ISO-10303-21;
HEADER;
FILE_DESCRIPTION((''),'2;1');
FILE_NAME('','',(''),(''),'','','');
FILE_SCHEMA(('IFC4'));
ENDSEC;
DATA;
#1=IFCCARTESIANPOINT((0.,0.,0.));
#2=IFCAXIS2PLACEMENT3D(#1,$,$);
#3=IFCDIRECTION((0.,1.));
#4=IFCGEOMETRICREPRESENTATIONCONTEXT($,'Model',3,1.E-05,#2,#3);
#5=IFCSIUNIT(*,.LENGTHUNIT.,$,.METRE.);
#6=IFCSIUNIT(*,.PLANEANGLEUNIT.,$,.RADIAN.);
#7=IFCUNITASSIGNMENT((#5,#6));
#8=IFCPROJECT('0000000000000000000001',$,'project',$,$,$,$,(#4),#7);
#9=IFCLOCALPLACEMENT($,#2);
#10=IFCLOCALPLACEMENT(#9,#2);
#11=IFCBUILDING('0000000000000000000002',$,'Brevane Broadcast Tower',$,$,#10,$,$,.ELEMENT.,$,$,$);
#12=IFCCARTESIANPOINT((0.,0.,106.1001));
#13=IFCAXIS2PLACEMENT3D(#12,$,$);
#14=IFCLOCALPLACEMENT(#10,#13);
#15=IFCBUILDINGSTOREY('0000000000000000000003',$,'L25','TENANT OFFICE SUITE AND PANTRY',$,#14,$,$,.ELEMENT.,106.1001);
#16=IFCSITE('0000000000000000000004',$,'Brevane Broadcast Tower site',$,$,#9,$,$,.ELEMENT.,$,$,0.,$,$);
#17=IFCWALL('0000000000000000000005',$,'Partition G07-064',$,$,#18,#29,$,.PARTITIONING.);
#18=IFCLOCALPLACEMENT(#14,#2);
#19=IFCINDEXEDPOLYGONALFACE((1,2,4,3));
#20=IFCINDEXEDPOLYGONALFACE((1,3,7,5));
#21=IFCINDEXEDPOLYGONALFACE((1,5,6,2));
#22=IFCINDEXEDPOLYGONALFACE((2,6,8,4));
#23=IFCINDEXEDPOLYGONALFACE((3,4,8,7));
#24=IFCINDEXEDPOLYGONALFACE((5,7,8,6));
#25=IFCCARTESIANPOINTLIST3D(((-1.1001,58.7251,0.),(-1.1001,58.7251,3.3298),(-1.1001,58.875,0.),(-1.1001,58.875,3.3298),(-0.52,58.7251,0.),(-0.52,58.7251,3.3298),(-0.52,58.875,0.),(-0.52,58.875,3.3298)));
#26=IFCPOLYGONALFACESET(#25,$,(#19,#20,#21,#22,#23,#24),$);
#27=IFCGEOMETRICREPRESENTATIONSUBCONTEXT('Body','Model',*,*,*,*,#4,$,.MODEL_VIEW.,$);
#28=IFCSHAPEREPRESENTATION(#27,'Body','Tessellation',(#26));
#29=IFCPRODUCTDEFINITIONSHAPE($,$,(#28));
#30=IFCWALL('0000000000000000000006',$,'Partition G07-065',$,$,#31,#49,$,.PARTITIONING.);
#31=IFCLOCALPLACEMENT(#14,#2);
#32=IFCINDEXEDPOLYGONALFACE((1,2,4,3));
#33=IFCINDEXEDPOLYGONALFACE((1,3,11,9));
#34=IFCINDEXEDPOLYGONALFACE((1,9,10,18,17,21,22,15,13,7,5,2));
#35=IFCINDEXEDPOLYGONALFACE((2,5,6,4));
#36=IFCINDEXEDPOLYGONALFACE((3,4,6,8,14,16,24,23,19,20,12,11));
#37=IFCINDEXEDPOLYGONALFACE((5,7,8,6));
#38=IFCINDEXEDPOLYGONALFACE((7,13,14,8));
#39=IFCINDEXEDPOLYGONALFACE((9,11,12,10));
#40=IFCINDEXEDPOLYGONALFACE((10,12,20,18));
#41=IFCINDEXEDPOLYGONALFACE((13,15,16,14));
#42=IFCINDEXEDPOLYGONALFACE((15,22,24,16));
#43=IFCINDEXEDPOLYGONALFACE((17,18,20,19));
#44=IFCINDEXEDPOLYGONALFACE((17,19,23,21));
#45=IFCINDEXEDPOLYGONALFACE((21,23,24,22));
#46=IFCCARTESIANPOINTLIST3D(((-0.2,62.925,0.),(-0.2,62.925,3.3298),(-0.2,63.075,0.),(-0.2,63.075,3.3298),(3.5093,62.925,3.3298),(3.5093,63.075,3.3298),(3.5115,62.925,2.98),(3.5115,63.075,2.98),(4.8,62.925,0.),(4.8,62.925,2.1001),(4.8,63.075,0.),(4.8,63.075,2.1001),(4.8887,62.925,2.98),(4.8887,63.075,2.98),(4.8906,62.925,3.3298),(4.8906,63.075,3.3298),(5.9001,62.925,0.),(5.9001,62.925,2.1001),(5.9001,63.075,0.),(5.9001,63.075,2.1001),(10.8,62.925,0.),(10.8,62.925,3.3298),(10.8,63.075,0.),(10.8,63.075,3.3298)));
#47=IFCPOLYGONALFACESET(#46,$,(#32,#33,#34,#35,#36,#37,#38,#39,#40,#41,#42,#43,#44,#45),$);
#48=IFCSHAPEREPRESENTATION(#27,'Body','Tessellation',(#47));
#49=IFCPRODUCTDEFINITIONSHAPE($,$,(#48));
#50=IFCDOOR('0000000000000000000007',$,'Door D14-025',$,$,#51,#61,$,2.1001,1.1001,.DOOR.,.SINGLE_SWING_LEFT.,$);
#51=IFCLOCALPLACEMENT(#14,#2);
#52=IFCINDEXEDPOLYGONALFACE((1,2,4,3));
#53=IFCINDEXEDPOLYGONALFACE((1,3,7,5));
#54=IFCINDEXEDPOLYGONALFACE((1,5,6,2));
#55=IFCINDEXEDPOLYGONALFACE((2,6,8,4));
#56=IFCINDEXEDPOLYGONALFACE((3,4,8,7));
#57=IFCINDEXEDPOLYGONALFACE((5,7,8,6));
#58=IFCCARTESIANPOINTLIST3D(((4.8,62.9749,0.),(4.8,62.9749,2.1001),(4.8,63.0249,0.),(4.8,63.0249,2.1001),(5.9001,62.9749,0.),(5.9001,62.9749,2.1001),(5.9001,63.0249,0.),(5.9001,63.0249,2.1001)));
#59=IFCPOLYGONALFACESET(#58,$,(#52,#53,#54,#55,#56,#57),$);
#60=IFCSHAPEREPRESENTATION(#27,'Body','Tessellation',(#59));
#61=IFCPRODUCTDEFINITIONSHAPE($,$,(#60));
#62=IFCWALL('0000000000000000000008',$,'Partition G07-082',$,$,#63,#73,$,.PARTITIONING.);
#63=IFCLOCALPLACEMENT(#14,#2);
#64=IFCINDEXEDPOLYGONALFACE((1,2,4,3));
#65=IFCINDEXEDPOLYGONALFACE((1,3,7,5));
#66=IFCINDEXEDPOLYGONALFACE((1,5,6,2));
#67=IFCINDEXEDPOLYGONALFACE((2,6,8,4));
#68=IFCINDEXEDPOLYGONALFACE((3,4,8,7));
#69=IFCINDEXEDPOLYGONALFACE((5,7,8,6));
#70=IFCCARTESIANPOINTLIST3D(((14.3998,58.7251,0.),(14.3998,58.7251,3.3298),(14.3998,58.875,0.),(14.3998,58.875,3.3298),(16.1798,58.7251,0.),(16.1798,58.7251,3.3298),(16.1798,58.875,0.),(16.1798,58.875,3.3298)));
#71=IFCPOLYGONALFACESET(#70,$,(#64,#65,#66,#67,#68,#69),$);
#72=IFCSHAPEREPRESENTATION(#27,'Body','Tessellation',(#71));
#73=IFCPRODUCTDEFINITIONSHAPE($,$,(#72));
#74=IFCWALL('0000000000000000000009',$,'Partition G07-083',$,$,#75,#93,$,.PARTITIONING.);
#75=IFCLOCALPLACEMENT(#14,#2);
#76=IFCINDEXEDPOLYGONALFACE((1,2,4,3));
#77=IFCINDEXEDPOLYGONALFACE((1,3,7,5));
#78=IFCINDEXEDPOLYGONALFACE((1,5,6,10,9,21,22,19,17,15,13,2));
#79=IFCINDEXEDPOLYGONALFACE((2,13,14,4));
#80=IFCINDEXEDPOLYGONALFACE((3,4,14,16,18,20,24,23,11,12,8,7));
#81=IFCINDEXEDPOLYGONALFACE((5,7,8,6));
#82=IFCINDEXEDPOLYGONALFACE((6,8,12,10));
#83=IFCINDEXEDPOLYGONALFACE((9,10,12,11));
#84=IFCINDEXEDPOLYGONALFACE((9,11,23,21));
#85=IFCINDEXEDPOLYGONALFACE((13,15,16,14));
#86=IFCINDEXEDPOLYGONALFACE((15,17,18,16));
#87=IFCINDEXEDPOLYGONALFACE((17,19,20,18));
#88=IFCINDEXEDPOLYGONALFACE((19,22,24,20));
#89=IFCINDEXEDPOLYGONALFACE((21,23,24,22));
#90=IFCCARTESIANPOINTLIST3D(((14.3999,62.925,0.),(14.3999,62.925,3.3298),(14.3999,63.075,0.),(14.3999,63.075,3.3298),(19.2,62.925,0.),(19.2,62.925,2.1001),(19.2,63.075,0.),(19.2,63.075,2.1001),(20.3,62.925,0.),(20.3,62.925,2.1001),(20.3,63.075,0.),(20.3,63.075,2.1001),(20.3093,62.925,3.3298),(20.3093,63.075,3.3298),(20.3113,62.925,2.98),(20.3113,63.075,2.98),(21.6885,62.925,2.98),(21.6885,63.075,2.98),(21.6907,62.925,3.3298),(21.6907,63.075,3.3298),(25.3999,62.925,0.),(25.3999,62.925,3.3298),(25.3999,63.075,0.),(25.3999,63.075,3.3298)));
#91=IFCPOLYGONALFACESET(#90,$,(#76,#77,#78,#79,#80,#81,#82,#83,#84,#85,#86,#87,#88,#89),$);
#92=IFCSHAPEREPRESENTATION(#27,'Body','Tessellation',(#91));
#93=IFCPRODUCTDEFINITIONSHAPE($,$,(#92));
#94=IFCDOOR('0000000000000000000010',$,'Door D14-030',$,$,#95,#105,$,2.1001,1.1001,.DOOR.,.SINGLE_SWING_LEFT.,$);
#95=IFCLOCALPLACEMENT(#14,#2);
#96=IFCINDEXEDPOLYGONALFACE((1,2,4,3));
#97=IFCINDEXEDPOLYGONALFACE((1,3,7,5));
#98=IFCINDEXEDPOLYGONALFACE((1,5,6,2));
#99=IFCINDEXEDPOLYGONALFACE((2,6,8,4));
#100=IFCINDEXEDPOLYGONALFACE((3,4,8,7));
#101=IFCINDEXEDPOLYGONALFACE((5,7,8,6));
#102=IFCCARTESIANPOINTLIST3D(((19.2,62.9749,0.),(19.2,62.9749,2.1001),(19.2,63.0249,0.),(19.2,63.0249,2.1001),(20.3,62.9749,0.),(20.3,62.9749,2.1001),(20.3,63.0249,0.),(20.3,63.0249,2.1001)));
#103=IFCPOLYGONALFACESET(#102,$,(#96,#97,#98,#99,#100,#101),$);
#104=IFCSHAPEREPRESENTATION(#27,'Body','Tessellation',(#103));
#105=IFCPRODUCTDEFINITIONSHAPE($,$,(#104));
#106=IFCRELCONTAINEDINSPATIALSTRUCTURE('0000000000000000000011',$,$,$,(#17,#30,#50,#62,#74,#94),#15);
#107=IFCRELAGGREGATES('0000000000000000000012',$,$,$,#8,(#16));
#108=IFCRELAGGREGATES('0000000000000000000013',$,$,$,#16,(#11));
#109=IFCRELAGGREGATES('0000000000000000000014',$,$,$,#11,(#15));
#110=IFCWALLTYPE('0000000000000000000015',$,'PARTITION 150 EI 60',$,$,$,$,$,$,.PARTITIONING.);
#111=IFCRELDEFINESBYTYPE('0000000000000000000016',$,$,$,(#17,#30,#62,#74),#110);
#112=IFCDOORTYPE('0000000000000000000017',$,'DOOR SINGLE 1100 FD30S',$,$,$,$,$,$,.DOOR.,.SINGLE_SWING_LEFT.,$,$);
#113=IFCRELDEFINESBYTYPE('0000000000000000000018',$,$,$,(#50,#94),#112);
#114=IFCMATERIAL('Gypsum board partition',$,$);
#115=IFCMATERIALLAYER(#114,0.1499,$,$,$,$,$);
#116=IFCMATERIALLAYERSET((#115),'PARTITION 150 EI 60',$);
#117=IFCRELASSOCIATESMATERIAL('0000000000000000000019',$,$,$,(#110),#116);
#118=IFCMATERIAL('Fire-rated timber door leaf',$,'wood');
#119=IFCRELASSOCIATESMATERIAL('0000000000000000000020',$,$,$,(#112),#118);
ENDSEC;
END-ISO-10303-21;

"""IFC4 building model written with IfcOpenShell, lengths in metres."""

from ifc_helpers import new_model, si_unit, direction, frame, frame_2d, origin, place, context, subcontext, project, spatial, polyline, rectangle, outline, extrude, material, layer, layer_set, type_object, element, fill, save


model = new_model("IFC4")

# Units and contexts
model_context = context("Model", 3, precision=1e-05, world=origin(), true_north=direction((0.0, 1.0)))
body_context = subcontext(model_context, "Body", "Model", "MODEL_VIEW")
ifc_project = project(units=[si_unit("LENGTHUNIT", "METRE"), si_unit("PLANEANGLEUNIT", "RADIAN")], contexts=[model_context])

# Site, building, storey
site_placement = place(None, origin())
site = spatial("IfcSite", under=ifc_project, at=site_placement, Name="Brevane Broadcast Tower site", CompositionType="ELEMENT", RefElevation=0.0)
building_placement = place(site_placement, origin())
building = spatial("IfcBuilding", under=site, at=building_placement, Name="Brevane Broadcast Tower", CompositionType="ELEMENT")
storey_placement = place(building_placement, frame((0.0, 0.0, 106.1001)))
storey = spatial("IfcBuildingStorey", under=building, at=storey_placement, Name="L25", Description="TENANT OFFICE SUITE AND PANTRY", CompositionType="ELEMENT", Elevation=106.1001)

# Shared definitions
ifc_material_1 = material(Name="Gypsum board partition")
ifc_layer = layer(ifc_material_1, 0.1499)
ifc_layer_set = layer_set([ifc_layer], Name="PARTITION 150 EI 60")
wall_type = type_object("IfcWallType", Name="PARTITION 150 EI 60", PredefinedType="PARTITIONING", material=ifc_layer_set)

# Shared definitions
ifc_material_2 = material(Name="Fire-rated timber door leaf", Category="wood")
door_type = type_object("IfcDoorType", Name="DOOR SINGLE 1100 FD30S", OperationType="SINGLE_SWING_LEFT", PredefinedType="DOOR", material=ifc_material_2)

# Wall
wall_1_placement = place(storey_placement, frame((-0.52, 58.8, 0.0), z_axis=(0.0, 0.0, 1.0), x_axis=(-1.0, 0.0, 0.0)))
element("IfcWall", 1, at=wall_1_placement, inside=storey, type_object=wall_type, Name="Partition G07-064", PredefinedType="PARTITIONING", context=body_context, shape_type="SweptSolid", body=[
    extrude(rectangle(XDim=0.5801, YDim=0.1499, at=frame_2d((0.29, 0.0))), origin(), (0.0, 0.0, 1.0), 3.3298),
])

# Wall, opening, door
wall_2_placement = place(storey_placement, frame((-0.2, 63.0, 0.0), z_axis=(0.0, 0.0, 1.0), x_axis=(1.0, 0.0, 0.0)))
wall_2 = element("IfcWall", 2, at=wall_2_placement, inside=storey, type_object=wall_type, Name="Partition G07-065", PredefinedType="PARTITIONING", context=body_context, shape_type="SweptSolid", body=[
    extrude(outline(polyline([(0.0, 0.0), (11.0, 0.0), (11.0, 3.3298), (5.0906, 3.3298), (5.0886, 2.98), (3.7114, 2.98), (3.7092, 3.3298), (0.0, 3.3298), (0.0, 0.0)])), frame((0.0, 0.075, 0.0), z_axis=(0.0, -1.0, 0.0), x_axis=(1.0, 0.0, 0.0)), (0.0, 0.0, 1.0), 0.1499),
])
opening_1_placement = place(wall_2_placement, frame((5.0, 0.0, 0.0)))
opening_1 = element("IfcOpeningElement", 3, at=opening_1_placement, cuts=wall_2, PredefinedType="OPENING", context=body_context, shape_type="SweptSolid", body=[
    extrude(rectangle(XDim=1.1001, YDim=2.1001, at=frame_2d((0.55, 1.05))), frame((0.0, 0.085, 0.0), z_axis=(0.0, -1.0, 0.0), x_axis=(1.0, 0.0, 0.0)), (0.0, 0.0, 1.0), 0.1699),
])
door_1_placement = place(opening_1_placement, origin())
door_1 = element("IfcDoor", 4, at=door_1_placement, inside=storey, type_object=door_type, Name="Door D14-025", OperationType="SINGLE_SWING_LEFT", OverallHeight=2.1001, OverallWidth=1.1001, PredefinedType="DOOR", context=body_context, shape_type="SweptSolid", body=[
    extrude(rectangle(XDim=1.1001, YDim=2.1001, at=frame_2d((0.55, 1.05))), frame((0.0, 0.0249, 0.0), z_axis=(0.0, -1.0, 0.0), x_axis=(1.0, 0.0, 0.0)), (0.0, 0.0, 1.0), 0.05),
])
fill(opening_1, door_1)

# Wall
wall_3_placement = place(storey_placement, frame((16.1799, 58.8, 0.0), z_axis=(0.0, 0.0, 1.0), x_axis=(-1.0, 0.0, 0.0)))
element("IfcWall", 5, at=wall_3_placement, inside=storey, type_object=wall_type, Name="Partition G07-082", PredefinedType="PARTITIONING", context=body_context, shape_type="SweptSolid", body=[
    extrude(rectangle(XDim=1.78, YDim=0.1499, at=frame_2d((0.8901, 0.0))), origin(), (0.0, 0.0, 1.0), 3.3298),
])

# Wall, opening, door
wall_4_placement = place(storey_placement, frame((14.3999, 63.0, 0.0), z_axis=(0.0, 0.0, 1.0), x_axis=(1.0, 0.0, 0.0)))
wall_4 = element("IfcWall", 6, at=wall_4_placement, inside=storey, type_object=wall_type, Name="Partition G07-083", PredefinedType="PARTITIONING", context=body_context, shape_type="SweptSolid", body=[
    extrude(outline(polyline([(0.0, 0.0), (11.0, 0.0), (11.0, 3.3298), (7.2908, 3.3298), (7.2886, 2.98), (5.9114, 2.98), (5.9094, 3.3298), (0.0, 3.3298), (0.0, 0.0)])), frame((0.0, 0.075, 0.0), z_axis=(0.0, -1.0, 0.0), x_axis=(1.0, 0.0, 0.0)), (0.0, 0.0, 1.0), 0.1499),
])
opening_2_placement = place(wall_4_placement, frame((4.8, 0.0, 0.0)))
opening_2 = element("IfcOpeningElement", 7, at=opening_2_placement, cuts=wall_4, PredefinedType="OPENING", context=body_context, shape_type="SweptSolid", body=[
    extrude(rectangle(XDim=1.1001, YDim=2.1001, at=frame_2d((0.55, 1.05))), frame((0.0, 0.085, 0.0), z_axis=(0.0, -1.0, 0.0), x_axis=(1.0, 0.0, 0.0)), (0.0, 0.0, 1.0), 0.1699),
])
door_2_placement = place(opening_2_placement, origin())
door_2 = element("IfcDoor", 8, at=door_2_placement, inside=storey, type_object=door_type, Name="Door D14-030", OperationType="SINGLE_SWING_LEFT", OverallHeight=2.1001, OverallWidth=1.1001, PredefinedType="DOOR", context=body_context, shape_type="SweptSolid", body=[
    extrude(rectangle(XDim=1.1001, YDim=2.1001, at=frame_2d((0.55, 1.05))), frame((0.0, 0.0249, 0.0), z_axis=(0.0, -1.0, 0.0), x_axis=(1.0, 0.0, 0.0)), (0.0, 0.0, 1.0), 0.05),
])
fill(opening_2, door_2)

save(model, "model.ifc")
